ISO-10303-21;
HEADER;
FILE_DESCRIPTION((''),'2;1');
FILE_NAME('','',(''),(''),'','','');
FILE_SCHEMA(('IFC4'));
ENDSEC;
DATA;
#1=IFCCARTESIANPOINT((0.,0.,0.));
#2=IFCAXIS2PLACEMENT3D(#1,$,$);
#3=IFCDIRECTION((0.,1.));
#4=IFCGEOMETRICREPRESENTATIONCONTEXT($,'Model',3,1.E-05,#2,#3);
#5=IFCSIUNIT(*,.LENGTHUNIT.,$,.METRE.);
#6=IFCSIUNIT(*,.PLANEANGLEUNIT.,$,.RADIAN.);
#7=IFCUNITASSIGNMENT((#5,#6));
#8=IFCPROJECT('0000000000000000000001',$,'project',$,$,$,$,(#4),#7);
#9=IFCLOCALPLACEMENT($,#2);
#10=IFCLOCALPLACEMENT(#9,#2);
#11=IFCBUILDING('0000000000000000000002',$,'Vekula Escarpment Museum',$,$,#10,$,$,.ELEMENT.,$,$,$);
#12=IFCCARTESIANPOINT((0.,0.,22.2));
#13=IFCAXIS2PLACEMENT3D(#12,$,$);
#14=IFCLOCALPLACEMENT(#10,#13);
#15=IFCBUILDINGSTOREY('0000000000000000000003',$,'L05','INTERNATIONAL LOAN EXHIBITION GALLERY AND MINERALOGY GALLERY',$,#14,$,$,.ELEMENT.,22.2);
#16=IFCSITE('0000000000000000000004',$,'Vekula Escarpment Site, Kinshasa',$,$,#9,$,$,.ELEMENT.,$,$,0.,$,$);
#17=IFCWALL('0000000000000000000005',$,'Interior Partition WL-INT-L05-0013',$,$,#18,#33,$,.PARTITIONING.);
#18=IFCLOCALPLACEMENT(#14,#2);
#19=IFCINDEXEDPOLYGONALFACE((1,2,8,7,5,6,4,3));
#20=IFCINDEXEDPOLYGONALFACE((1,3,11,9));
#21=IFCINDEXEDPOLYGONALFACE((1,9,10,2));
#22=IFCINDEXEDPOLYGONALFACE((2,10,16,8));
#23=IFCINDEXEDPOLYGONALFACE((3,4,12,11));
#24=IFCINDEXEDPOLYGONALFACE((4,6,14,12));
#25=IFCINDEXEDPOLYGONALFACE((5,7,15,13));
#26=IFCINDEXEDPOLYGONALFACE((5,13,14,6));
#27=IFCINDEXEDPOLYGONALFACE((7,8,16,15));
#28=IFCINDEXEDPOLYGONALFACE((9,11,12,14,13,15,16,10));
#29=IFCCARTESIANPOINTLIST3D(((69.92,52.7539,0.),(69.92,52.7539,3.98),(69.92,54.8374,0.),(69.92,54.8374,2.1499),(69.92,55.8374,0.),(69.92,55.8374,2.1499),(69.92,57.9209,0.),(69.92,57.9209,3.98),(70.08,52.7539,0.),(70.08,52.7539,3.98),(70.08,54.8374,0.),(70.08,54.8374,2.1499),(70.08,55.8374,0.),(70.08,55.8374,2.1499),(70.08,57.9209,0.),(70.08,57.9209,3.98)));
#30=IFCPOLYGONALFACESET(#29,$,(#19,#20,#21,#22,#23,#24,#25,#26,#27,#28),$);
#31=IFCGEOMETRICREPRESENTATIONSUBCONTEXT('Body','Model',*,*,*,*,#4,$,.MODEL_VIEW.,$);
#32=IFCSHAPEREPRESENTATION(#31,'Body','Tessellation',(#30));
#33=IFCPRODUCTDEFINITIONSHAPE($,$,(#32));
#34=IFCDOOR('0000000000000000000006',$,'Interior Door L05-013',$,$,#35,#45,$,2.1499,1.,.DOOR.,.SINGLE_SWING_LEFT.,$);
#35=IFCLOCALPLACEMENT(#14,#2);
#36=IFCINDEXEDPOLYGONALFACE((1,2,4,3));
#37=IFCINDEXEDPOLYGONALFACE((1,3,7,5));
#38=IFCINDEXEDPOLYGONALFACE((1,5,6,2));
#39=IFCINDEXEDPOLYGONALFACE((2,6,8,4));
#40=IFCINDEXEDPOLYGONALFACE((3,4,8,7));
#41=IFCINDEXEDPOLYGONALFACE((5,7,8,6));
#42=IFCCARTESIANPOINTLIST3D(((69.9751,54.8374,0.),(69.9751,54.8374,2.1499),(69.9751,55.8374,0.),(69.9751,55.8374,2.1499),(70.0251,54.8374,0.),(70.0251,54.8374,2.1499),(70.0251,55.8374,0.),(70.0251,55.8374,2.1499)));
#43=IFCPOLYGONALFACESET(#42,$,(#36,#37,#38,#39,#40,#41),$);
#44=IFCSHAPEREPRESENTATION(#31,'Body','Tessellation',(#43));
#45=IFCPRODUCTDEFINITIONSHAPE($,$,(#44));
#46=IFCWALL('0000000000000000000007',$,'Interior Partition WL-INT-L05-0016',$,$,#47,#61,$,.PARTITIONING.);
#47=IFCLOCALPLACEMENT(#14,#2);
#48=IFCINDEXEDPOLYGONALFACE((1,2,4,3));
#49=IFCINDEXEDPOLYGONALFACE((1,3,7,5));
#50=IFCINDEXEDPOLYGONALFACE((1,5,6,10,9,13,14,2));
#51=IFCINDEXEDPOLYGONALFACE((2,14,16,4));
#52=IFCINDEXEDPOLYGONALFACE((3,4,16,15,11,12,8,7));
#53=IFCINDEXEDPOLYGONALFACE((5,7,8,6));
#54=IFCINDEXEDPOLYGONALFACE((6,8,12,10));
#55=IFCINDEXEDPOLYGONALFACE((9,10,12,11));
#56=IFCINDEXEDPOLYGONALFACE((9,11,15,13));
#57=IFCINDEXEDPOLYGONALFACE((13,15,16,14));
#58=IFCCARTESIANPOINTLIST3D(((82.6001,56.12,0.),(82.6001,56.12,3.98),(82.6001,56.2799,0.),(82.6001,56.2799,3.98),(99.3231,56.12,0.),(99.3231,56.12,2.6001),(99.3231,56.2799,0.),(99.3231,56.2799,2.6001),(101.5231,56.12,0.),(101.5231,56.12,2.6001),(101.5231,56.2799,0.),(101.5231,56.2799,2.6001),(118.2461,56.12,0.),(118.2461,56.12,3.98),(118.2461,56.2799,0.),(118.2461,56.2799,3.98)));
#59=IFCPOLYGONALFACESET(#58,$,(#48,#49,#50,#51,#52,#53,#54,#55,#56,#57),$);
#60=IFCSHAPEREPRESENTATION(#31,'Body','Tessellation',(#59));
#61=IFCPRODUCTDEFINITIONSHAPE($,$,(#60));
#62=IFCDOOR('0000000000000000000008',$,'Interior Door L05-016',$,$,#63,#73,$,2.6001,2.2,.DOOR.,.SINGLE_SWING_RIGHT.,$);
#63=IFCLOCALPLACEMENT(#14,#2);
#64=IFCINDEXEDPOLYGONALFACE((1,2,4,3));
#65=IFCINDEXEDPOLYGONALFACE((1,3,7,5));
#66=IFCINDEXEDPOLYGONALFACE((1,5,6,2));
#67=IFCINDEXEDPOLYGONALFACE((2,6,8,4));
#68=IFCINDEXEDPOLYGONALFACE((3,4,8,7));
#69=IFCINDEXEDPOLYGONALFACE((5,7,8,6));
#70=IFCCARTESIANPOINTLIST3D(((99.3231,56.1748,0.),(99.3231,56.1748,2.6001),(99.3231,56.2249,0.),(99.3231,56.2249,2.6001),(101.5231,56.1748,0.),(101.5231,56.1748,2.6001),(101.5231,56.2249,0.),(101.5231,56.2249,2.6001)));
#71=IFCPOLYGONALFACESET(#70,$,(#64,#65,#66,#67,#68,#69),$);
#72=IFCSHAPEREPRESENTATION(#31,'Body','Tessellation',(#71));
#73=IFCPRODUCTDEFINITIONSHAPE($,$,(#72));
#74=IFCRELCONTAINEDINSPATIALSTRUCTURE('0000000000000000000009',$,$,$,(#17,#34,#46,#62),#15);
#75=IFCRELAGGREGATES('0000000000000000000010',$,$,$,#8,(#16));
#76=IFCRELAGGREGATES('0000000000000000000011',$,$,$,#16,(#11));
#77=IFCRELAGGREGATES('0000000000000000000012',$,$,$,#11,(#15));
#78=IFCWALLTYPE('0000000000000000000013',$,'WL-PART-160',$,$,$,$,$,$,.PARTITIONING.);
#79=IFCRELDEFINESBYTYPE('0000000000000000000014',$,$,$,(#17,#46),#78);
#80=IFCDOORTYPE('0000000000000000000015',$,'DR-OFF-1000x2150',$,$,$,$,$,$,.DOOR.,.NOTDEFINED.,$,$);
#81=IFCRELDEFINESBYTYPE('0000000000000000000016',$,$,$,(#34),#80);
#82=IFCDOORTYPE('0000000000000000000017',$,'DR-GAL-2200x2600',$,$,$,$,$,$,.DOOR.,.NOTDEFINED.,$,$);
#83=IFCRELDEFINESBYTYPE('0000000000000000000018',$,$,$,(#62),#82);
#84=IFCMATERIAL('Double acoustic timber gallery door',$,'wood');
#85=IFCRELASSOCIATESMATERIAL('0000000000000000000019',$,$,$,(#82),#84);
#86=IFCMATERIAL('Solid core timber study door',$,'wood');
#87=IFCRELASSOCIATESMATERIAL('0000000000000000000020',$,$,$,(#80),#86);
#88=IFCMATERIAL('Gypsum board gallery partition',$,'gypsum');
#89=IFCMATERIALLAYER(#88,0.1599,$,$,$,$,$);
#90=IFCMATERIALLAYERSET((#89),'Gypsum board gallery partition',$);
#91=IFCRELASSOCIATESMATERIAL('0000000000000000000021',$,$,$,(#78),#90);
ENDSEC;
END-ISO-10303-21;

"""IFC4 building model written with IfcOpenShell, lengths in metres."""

from ifc_helpers import new_model, si_unit, direction, frame, frame_2d, origin, place, context, subcontext, project, spatial, rectangle, extrude, material, layer, layer_set, type_object, element, fill, save


model = new_model("IFC4")

# Units and contexts
model_context = context("Model", 3, precision=1e-05, world=origin(), true_north=direction((0.0, 1.0)))
body_context = subcontext(model_context, "Body", "Model", "MODEL_VIEW")
ifc_project = project(units=[si_unit("LENGTHUNIT", "METRE"), si_unit("PLANEANGLEUNIT", "RADIAN")], contexts=[model_context])

# Site, building, storey
site_placement = place(None, origin())
site = spatial("IfcSite", under=ifc_project, at=site_placement, Name="Vekula Escarpment Site, Kinshasa", CompositionType="ELEMENT", RefElevation=0.0)
building_placement = place(site_placement, origin())
building = spatial("IfcBuilding", under=site, at=building_placement, Name="Vekula Escarpment Museum", CompositionType="ELEMENT")
storey_placement = place(building_placement, frame((0.0, 0.0, 22.2)))
storey = spatial("IfcBuildingStorey", under=building, at=storey_placement, Name="L05", Description="INTERNATIONAL LOAN EXHIBITION GALLERY AND MINERALOGY GALLERY", CompositionType="ELEMENT", Elevation=22.2)

# Walls, openings, doors
ifc_material_1 = material(Name="Double acoustic timber gallery door", Category="wood")
door_type_1 = type_object("IfcDoorType", Name="DR-GAL-2200x2600", OperationType="NOTDEFINED", PredefinedType="DOOR", material=ifc_material_1)
ifc_material_2 = material(Name="Solid core timber study door", Category="wood")
door_type_2 = type_object("IfcDoorType", Name="DR-OFF-1000x2150", OperationType="NOTDEFINED", PredefinedType="DOOR", material=ifc_material_2)
ifc_material_3 = material(Name="Gypsum board gallery partition", Category="gypsum")
ifc_layer_1 = layer(ifc_material_3, 0.1599)
ifc_layer_set_1 = layer_set([ifc_layer_1], Name="Gypsum board gallery partition")
wall_type_1 = type_object("IfcWallType", Name="WL-PART-160", PredefinedType="PARTITIONING", material=ifc_layer_set_1)
wall_1_placement = place(storey_placement, frame((70.0, 52.7539, 0.0), z_axis=(0.0, 0.0, 1.0), x_axis=(0.0, 1.0, 0.0)))
wall_1 = element("IfcWall", 1, at=wall_1_placement, inside=storey, type_object=wall_type_1, Name="Interior Partition WL-INT-L05-0013", PredefinedType="PARTITIONING", context=body_context, shape_type="SweptSolid", body=[
    extrude(rectangle(XDim=5.167, YDim=0.1599, at=frame_2d((2.5835, 0.0))), origin(), (0.0, 0.0, 1.0), 3.98),
])
opening_1_placement = place(wall_1_placement, frame((2.0835, 0.0, 0.0)))
opening_1 = element("IfcOpeningElement", 2, at=opening_1_placement, cuts=wall_1, PredefinedType="OPENING", context=body_context, shape_type="SweptSolid", body=[
    extrude(rectangle(XDim=1.0, YDim=2.1499, at=frame_2d((0.5, 1.075))), frame((0.0, 0.0898, 0.0), z_axis=(0.0, -1.0, 0.0), x_axis=(1.0, 0.0, 0.0)), (0.0, 0.0, 1.0), 0.1799),
])
door_1_placement = place(opening_1_placement, origin())
door_1 = element("IfcDoor", 3, at=door_1_placement, inside=storey, type_object=door_type_2, Name="Interior Door L05-013", OperationType="SINGLE_SWING_LEFT", OverallHeight=2.1499, OverallWidth=1.0, PredefinedType="DOOR", context=body_context, shape_type="SweptSolid", body=[
    extrude(rectangle(XDim=1.0, YDim=2.1499, at=frame_2d((0.5, 1.075))), frame((0.0, 0.0249, 0.0), z_axis=(0.0, -1.0, 0.0), x_axis=(1.0, 0.0, 0.0)), (0.0, 0.0, 1.0), 0.05),
])
fill(opening_1, door_1)
wall_2_placement = place(storey_placement, frame((82.6001, 56.2, 0.0), z_axis=(0.0, 0.0, 1.0), x_axis=(1.0, 0.0, 0.0)))
wall_2 = element("IfcWall", 4, at=wall_2_placement, inside=storey, type_object=wall_type_1, Name="Interior Partition WL-INT-L05-0016", PredefinedType="PARTITIONING", context=body_context, shape_type="SweptSolid", body=[
    extrude(rectangle(XDim=35.646, YDim=0.1599, at=frame_2d((17.823, 0.0))), origin(), (0.0, 0.0, 1.0), 3.98),
])
opening_2_placement = place(wall_2_placement, frame((16.7229, 0.0, 0.0)))
opening_2 = element("IfcOpeningElement", 5, at=opening_2_placement, cuts=wall_2, PredefinedType="OPENING", context=body_context, shape_type="SweptSolid", body=[
    extrude(rectangle(XDim=2.2, YDim=2.6001, at=frame_2d((1.1001, 1.3))), frame((0.0, 0.0898, 0.0), z_axis=(0.0, -1.0, 0.0), x_axis=(1.0, 0.0, 0.0)), (0.0, 0.0, 1.0), 0.1799),
])
door_2_placement = place(opening_2_placement, origin())
door_2 = element("IfcDoor", 6, at=door_2_placement, inside=storey, type_object=door_type_1, Name="Interior Door L05-016", OperationType="SINGLE_SWING_RIGHT", OverallHeight=2.6001, OverallWidth=2.2, PredefinedType="DOOR", context=body_context, shape_type="SweptSolid", body=[
    extrude(rectangle(XDim=2.2, YDim=2.6001, at=frame_2d((1.1001, 1.3))), frame((0.0, 0.0249, 0.0), z_axis=(0.0, -1.0, 0.0), x_axis=(1.0, 0.0, 0.0)), (0.0, 0.0, 1.0), 0.05),
])
fill(opening_2, door_2)

save(model, "model.ifc")
